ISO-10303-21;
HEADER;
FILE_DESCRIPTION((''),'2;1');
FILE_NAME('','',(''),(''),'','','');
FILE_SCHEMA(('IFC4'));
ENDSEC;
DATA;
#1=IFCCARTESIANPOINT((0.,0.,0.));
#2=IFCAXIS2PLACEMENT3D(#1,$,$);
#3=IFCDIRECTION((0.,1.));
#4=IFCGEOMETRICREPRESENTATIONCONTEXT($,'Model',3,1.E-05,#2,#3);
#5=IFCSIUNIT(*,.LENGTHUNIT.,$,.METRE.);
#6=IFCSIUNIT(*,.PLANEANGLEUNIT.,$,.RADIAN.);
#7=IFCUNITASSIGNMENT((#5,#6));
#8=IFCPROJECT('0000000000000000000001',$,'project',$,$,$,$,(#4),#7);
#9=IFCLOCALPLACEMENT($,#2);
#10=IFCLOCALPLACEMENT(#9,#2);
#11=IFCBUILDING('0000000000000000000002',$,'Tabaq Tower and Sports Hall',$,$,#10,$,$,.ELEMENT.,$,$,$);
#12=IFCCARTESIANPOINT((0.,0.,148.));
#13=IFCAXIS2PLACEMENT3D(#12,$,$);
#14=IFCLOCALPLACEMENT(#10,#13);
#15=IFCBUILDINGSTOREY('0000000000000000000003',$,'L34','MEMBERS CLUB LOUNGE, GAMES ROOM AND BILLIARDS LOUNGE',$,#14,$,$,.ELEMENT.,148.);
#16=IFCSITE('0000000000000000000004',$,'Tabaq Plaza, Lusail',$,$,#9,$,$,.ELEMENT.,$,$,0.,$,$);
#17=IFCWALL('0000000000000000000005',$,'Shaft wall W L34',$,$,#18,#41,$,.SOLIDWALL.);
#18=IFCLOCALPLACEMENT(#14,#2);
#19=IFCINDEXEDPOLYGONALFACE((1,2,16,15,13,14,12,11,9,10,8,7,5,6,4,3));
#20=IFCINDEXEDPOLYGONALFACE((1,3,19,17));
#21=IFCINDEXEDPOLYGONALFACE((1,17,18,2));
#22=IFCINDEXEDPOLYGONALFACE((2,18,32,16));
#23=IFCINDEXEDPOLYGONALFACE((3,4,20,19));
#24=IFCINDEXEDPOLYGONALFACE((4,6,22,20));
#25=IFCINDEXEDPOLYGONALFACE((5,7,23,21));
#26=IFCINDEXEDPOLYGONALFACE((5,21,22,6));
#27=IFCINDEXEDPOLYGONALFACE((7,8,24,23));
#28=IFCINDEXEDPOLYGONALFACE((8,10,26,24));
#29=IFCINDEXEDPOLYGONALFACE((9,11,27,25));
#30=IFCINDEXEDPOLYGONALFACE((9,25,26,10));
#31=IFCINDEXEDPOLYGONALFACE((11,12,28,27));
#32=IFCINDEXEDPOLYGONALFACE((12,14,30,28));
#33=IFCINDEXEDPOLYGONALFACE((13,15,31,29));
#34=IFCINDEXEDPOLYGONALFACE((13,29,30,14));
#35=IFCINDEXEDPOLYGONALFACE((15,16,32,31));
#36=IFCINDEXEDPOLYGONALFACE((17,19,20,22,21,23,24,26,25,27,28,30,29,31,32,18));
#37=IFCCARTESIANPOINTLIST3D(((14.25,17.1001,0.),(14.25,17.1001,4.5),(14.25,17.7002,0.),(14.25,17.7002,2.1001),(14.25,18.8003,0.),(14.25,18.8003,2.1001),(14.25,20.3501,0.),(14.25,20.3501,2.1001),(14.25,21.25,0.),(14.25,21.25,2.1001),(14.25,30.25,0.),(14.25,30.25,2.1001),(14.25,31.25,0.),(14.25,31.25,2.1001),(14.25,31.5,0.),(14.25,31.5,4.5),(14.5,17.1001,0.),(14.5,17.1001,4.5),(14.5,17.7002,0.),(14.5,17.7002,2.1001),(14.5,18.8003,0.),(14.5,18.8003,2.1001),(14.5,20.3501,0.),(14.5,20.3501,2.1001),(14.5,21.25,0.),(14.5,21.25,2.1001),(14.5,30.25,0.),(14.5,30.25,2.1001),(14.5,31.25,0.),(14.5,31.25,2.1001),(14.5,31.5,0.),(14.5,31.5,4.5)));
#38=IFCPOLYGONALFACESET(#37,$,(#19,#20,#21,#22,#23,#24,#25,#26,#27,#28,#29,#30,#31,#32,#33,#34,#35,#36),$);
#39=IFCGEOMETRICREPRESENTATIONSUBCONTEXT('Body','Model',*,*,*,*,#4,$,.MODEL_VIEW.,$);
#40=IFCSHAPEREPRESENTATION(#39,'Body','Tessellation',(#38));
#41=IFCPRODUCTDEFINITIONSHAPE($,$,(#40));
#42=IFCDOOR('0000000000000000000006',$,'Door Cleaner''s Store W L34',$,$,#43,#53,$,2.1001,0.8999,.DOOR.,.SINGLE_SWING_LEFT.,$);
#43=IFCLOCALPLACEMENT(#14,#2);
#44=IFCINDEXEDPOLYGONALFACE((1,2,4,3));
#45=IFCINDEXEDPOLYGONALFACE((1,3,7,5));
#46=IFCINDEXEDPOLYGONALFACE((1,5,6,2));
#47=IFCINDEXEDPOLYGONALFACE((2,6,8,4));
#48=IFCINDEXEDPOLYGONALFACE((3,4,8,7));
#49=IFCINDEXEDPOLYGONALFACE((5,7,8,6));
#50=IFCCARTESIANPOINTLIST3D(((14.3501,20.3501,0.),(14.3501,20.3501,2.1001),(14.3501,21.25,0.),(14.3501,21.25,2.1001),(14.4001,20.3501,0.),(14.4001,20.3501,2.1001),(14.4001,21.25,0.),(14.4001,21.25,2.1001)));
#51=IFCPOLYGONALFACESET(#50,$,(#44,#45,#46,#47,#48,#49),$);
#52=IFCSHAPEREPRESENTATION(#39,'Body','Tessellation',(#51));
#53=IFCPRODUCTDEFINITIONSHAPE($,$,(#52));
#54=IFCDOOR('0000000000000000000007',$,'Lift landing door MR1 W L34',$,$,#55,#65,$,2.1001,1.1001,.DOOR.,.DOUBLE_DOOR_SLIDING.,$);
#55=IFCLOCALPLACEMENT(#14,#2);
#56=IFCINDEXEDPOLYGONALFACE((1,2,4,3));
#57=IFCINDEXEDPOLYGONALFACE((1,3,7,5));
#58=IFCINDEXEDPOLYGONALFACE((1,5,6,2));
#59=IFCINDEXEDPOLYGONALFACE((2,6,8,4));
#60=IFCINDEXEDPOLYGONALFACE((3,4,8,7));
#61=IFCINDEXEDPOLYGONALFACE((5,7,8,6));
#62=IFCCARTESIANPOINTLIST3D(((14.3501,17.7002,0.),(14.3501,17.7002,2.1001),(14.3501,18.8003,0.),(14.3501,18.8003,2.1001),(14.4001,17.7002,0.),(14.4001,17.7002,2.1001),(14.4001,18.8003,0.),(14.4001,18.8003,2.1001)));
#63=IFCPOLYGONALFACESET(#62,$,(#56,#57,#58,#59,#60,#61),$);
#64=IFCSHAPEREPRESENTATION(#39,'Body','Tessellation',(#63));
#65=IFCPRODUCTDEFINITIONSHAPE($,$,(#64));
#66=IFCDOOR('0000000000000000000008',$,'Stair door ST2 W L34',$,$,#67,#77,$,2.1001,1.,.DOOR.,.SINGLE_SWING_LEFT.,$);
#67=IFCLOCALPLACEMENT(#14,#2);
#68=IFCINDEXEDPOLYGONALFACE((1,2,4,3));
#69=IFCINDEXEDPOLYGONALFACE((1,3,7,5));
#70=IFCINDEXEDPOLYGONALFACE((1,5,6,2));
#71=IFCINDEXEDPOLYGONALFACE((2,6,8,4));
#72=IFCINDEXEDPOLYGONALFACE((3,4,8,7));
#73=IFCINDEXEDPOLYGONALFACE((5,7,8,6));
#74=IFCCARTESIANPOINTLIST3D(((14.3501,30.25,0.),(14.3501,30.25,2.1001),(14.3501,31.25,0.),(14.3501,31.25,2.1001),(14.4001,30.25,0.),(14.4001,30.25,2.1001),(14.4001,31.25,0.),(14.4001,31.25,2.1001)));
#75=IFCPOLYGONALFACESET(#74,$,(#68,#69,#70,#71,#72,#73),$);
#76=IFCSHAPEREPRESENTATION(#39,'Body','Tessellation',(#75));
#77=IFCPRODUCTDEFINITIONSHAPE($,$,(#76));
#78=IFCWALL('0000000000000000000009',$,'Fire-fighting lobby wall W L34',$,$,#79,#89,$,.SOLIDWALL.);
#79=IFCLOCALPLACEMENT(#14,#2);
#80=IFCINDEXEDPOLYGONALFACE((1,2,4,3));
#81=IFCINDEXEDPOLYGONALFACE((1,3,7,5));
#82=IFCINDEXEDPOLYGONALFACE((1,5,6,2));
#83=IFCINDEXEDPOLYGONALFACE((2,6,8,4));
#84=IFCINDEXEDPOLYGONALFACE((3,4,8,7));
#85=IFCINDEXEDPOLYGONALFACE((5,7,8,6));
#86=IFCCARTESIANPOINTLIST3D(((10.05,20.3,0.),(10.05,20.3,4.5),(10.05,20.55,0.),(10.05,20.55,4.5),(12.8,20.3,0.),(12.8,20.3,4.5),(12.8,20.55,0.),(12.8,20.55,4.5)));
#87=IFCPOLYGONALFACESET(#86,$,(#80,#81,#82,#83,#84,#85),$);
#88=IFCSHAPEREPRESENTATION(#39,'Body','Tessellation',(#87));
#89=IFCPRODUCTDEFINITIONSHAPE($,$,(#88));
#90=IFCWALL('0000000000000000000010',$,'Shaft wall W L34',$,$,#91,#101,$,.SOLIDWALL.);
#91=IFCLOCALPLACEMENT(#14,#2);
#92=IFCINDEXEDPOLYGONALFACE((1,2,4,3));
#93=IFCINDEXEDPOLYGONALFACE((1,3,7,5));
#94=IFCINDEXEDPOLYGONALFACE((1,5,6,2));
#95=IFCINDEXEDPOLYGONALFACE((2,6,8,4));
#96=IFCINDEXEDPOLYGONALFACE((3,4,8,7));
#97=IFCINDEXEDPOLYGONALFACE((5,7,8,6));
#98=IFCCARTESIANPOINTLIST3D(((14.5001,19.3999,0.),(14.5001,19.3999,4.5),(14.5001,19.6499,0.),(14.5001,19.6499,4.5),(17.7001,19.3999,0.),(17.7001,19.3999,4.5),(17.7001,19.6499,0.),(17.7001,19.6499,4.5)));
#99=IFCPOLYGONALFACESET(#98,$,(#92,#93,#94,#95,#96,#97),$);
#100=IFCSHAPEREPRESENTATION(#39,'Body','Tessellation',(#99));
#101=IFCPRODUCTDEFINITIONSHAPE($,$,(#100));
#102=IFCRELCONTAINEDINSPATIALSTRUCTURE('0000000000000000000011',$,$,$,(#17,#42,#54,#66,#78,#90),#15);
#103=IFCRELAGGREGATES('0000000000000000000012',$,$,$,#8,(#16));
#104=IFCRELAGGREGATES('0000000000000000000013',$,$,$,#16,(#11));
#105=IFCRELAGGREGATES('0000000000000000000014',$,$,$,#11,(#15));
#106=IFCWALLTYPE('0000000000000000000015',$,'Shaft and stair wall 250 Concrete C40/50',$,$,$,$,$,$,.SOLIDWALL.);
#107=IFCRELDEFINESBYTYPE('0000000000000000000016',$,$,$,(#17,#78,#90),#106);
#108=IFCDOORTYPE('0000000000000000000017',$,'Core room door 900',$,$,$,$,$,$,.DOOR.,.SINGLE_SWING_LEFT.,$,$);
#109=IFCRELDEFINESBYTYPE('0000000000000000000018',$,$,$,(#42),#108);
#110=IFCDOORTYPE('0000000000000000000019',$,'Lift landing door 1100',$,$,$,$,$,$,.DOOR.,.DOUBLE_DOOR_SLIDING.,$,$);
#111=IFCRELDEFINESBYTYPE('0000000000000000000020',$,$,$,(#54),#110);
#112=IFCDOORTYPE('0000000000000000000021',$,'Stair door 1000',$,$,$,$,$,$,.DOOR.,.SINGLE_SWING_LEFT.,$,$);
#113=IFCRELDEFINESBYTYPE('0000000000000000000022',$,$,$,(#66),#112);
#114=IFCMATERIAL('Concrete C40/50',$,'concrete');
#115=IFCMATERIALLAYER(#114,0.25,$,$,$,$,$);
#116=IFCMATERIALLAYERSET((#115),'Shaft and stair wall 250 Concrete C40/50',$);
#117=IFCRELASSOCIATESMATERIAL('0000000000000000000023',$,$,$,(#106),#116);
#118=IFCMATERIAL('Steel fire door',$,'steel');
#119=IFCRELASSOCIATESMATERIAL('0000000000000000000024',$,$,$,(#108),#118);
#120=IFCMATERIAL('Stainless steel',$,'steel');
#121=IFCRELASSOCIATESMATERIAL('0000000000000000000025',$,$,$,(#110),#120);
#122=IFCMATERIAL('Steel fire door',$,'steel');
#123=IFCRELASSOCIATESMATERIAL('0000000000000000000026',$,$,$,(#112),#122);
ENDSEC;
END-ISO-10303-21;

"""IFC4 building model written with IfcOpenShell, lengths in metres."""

from ifc_helpers import new_model, si_unit, direction, frame, frame_2d, origin, place, context, subcontext, project, spatial, rectangle, extrude, material, layer, layer_set, type_object, element, fill, save


model = new_model("IFC4")

# Units and contexts
model_context = context("Model", 3, precision=1e-05, world=origin(), true_north=direction((0.0, 1.0)))
body_context = subcontext(model_context, "Body", "Model", "MODEL_VIEW")
ifc_project = project(units=[si_unit("LENGTHUNIT", "METRE"), si_unit("PLANEANGLEUNIT", "RADIAN")], contexts=[model_context])

# Site, building, storey
site_placement = place(None, origin())
site = spatial("IfcSite", under=ifc_project, at=site_placement, Name="Tabaq Plaza, Lusail", CompositionType="ELEMENT", RefElevation=0.0)
building_placement = place(site_placement, origin())
building = spatial("IfcBuilding", under=site, at=building_placement, Name="Tabaq Tower and Sports Hall", CompositionType="ELEMENT")
storey_placement = place(building_placement, frame((0.0, 0.0, 148.0)))
storey = spatial("IfcBuildingStorey", under=building, at=storey_placement, Name="L34", Description="MEMBERS CLUB LOUNGE, GAMES ROOM AND BILLIARDS LOUNGE", CompositionType="ELEMENT", Elevation=148.0)

# Wall, openings, doors
ifc_material_1 = material(Name="Concrete C40/50", Category="concrete")
ifc_layer_1 = layer(ifc_material_1, 0.25)
ifc_layer_set_1 = layer_set([ifc_layer_1], Name="Shaft and stair wall 250 Concrete C40/50")
wall_type_1 = type_object("IfcWallType", Name="Shaft and stair wall 250 Concrete C40/50", PredefinedType="SOLIDWALL", material=ifc_layer_set_1)
wall_1_placement = place(storey_placement, frame((14.375, 17.1001, 0.0), z_axis=(0.0, 0.0, 1.0), x_axis=(0.0, 1.0, 0.0)))
wall_1 = element("IfcWall", 1, at=wall_1_placement, inside=storey, type_object=wall_type_1, Name="Shaft wall W L34", PredefinedType="SOLIDWALL", context=body_context, shape_type="SweptSolid", body=[
    extrude(rectangle(XDim=14.3999, YDim=0.25, at=frame_2d((7.2, 0.0))), origin(), (0.0, 0.0, 1.0), 4.5),
])
opening_1_placement = place(wall_1_placement, frame((13.1499, 0.0, 0.0)))
opening_1 = element("IfcOpeningElement", 2, at=opening_1_placement, cuts=wall_1, PredefinedType="OPENING", context=body_context, shape_type="SweptSolid", body=[
    extrude(rectangle(XDim=1.0, YDim=2.1001, at=frame_2d((0.5, 1.05))), frame((0.0, 0.125, 0.0), z_axis=(0.0, -1.0, 0.0), x_axis=(1.0, 0.0, 0.0)), (0.0, 0.0, 1.0), 0.25),
])
opening_2_placement = place(wall_1_placement, frame((0.6001, 0.0, 0.0)))
opening_2 = element("IfcOpeningElement", 3, at=opening_2_placement, cuts=wall_1, PredefinedType="OPENING", context=body_context, shape_type="SweptSolid", body=[
    extrude(rectangle(XDim=1.1001, YDim=2.1001, at=frame_2d((0.55, 1.05))), frame((0.0, 0.125, 0.0), z_axis=(0.0, -1.0, 0.0), x_axis=(1.0, 0.0, 0.0)), (0.0, 0.0, 1.0), 0.25),
])
opening_3_placement = place(wall_1_placement, frame((3.25, 0.0, 0.0)))
opening_3 = element("IfcOpeningElement", 4, at=opening_3_placement, cuts=wall_1, PredefinedType="OPENING", context=body_context, shape_type="SweptSolid", body=[
    extrude(rectangle(XDim=0.8999, YDim=2.1001, at=frame_2d((0.45, 1.05))), frame((0.0, 0.125, 0.0), z_axis=(0.0, -1.0, 0.0), x_axis=(1.0, 0.0, 0.0)), (0.0, 0.0, 1.0), 0.25),
])
ifc_material_2 = material(Name="Steel fire door", Category="steel")
door_type_1 = type_object("IfcDoorType", Name="Core room door 900", OperationType="SINGLE_SWING_LEFT", PredefinedType="DOOR", material=ifc_material_2)
door_1_placement = place(opening_3_placement, origin())
door_1 = element("IfcDoor", 5, at=door_1_placement, inside=storey, type_object=door_type_1, Name="Door Cleaner's Store W L34", OperationType="SINGLE_SWING_LEFT", OverallHeight=2.1001, OverallWidth=0.8999, PredefinedType="DOOR", context=body_context, shape_type="SweptSolid", body=[
    extrude(rectangle(XDim=0.8999, YDim=2.1001, at=frame_2d((0.45, 1.05))), frame((0.0, 0.0249, 0.0), z_axis=(0.0, -1.0, 0.0), x_axis=(1.0, 0.0, 0.0)), (0.0, 0.0, 1.0), 0.05),
])
fill(opening_3, door_1)
ifc_material_3 = material(Name="Stainless steel", Category="steel")
door_type_2 = type_object("IfcDoorType", Name="Lift landing door 1100", OperationType="DOUBLE_DOOR_SLIDING", PredefinedType="DOOR", material=ifc_material_3)
door_2_placement = place(opening_2_placement, origin())
door_2 = element("IfcDoor", 6, at=door_2_placement, inside=storey, type_object=door_type_2, Name="Lift landing door MR1 W L34", OperationType="DOUBLE_DOOR_SLIDING", OverallHeight=2.1001, OverallWidth=1.1001, PredefinedType="DOOR", context=body_context, shape_type="SweptSolid", body=[
    extrude(rectangle(XDim=1.1001, YDim=2.1001, at=frame_2d((0.55, 1.05))), frame((0.0, 0.0249, 0.0), z_axis=(0.0, -1.0, 0.0), x_axis=(1.0, 0.0, 0.0)), (0.0, 0.0, 1.0), 0.05),
])
fill(opening_2, door_2)
ifc_material_4 = material(Name="Steel fire door", Category="steel")
door_type_3 = type_object("IfcDoorType", Name="Stair door 1000", OperationType="SINGLE_SWING_LEFT", PredefinedType="DOOR", material=ifc_material_4)
door_3_placement = place(opening_1_placement, origin())
door_3 = element("IfcDoor", 7, at=door_3_placement, inside=storey, type_object=door_type_3, Name="Stair door ST2 W L34", OperationType="SINGLE_SWING_LEFT", OverallHeight=2.1001, OverallWidth=1.0, PredefinedType="DOOR", context=body_context, shape_type="SweptSolid", body=[
    extrude(rectangle(XDim=1.0, YDim=2.1001, at=frame_2d((0.5, 1.05))), frame((0.0, 0.0249, 0.0), z_axis=(0.0, -1.0, 0.0), x_axis=(1.0, 0.0, 0.0)), (0.0, 0.0, 1.0), 0.05),
])
fill(opening_1, door_3)

# Walls
wall_2_placement = place(storey_placement, frame((10.05, 20.425, 0.0), z_axis=(0.0, 0.0, 1.0), x_axis=(1.0, 0.0, 0.0)))
element("IfcWall", 8, at=wall_2_placement, inside=storey, type_object=wall_type_1, Name="Fire-fighting lobby wall W L34", PredefinedType="SOLIDWALL", context=body_context, shape_type="SweptSolid", body=[
    extrude(rectangle(XDim=2.75, YDim=0.25, at=frame_2d((1.375, 0.0))), origin(), (0.0, 0.0, 1.0), 4.5),
])
wall_3_placement = place(storey_placement, frame((14.5, 19.5249, 0.0), z_axis=(0.0, 0.0, 1.0), x_axis=(1.0, 0.0, 0.0)))
element("IfcWall", 9, at=wall_3_placement, inside=storey, type_object=wall_type_1, Name="Shaft wall W L34", PredefinedType="SOLIDWALL", context=body_context, shape_type="SweptSolid", body=[
    extrude(rectangle(XDim=3.2, YDim=0.25, at=frame_2d((1.6001, 0.0))), origin(), (0.0, 0.0, 1.0), 4.5),
])

save(model, "model.ifc")
